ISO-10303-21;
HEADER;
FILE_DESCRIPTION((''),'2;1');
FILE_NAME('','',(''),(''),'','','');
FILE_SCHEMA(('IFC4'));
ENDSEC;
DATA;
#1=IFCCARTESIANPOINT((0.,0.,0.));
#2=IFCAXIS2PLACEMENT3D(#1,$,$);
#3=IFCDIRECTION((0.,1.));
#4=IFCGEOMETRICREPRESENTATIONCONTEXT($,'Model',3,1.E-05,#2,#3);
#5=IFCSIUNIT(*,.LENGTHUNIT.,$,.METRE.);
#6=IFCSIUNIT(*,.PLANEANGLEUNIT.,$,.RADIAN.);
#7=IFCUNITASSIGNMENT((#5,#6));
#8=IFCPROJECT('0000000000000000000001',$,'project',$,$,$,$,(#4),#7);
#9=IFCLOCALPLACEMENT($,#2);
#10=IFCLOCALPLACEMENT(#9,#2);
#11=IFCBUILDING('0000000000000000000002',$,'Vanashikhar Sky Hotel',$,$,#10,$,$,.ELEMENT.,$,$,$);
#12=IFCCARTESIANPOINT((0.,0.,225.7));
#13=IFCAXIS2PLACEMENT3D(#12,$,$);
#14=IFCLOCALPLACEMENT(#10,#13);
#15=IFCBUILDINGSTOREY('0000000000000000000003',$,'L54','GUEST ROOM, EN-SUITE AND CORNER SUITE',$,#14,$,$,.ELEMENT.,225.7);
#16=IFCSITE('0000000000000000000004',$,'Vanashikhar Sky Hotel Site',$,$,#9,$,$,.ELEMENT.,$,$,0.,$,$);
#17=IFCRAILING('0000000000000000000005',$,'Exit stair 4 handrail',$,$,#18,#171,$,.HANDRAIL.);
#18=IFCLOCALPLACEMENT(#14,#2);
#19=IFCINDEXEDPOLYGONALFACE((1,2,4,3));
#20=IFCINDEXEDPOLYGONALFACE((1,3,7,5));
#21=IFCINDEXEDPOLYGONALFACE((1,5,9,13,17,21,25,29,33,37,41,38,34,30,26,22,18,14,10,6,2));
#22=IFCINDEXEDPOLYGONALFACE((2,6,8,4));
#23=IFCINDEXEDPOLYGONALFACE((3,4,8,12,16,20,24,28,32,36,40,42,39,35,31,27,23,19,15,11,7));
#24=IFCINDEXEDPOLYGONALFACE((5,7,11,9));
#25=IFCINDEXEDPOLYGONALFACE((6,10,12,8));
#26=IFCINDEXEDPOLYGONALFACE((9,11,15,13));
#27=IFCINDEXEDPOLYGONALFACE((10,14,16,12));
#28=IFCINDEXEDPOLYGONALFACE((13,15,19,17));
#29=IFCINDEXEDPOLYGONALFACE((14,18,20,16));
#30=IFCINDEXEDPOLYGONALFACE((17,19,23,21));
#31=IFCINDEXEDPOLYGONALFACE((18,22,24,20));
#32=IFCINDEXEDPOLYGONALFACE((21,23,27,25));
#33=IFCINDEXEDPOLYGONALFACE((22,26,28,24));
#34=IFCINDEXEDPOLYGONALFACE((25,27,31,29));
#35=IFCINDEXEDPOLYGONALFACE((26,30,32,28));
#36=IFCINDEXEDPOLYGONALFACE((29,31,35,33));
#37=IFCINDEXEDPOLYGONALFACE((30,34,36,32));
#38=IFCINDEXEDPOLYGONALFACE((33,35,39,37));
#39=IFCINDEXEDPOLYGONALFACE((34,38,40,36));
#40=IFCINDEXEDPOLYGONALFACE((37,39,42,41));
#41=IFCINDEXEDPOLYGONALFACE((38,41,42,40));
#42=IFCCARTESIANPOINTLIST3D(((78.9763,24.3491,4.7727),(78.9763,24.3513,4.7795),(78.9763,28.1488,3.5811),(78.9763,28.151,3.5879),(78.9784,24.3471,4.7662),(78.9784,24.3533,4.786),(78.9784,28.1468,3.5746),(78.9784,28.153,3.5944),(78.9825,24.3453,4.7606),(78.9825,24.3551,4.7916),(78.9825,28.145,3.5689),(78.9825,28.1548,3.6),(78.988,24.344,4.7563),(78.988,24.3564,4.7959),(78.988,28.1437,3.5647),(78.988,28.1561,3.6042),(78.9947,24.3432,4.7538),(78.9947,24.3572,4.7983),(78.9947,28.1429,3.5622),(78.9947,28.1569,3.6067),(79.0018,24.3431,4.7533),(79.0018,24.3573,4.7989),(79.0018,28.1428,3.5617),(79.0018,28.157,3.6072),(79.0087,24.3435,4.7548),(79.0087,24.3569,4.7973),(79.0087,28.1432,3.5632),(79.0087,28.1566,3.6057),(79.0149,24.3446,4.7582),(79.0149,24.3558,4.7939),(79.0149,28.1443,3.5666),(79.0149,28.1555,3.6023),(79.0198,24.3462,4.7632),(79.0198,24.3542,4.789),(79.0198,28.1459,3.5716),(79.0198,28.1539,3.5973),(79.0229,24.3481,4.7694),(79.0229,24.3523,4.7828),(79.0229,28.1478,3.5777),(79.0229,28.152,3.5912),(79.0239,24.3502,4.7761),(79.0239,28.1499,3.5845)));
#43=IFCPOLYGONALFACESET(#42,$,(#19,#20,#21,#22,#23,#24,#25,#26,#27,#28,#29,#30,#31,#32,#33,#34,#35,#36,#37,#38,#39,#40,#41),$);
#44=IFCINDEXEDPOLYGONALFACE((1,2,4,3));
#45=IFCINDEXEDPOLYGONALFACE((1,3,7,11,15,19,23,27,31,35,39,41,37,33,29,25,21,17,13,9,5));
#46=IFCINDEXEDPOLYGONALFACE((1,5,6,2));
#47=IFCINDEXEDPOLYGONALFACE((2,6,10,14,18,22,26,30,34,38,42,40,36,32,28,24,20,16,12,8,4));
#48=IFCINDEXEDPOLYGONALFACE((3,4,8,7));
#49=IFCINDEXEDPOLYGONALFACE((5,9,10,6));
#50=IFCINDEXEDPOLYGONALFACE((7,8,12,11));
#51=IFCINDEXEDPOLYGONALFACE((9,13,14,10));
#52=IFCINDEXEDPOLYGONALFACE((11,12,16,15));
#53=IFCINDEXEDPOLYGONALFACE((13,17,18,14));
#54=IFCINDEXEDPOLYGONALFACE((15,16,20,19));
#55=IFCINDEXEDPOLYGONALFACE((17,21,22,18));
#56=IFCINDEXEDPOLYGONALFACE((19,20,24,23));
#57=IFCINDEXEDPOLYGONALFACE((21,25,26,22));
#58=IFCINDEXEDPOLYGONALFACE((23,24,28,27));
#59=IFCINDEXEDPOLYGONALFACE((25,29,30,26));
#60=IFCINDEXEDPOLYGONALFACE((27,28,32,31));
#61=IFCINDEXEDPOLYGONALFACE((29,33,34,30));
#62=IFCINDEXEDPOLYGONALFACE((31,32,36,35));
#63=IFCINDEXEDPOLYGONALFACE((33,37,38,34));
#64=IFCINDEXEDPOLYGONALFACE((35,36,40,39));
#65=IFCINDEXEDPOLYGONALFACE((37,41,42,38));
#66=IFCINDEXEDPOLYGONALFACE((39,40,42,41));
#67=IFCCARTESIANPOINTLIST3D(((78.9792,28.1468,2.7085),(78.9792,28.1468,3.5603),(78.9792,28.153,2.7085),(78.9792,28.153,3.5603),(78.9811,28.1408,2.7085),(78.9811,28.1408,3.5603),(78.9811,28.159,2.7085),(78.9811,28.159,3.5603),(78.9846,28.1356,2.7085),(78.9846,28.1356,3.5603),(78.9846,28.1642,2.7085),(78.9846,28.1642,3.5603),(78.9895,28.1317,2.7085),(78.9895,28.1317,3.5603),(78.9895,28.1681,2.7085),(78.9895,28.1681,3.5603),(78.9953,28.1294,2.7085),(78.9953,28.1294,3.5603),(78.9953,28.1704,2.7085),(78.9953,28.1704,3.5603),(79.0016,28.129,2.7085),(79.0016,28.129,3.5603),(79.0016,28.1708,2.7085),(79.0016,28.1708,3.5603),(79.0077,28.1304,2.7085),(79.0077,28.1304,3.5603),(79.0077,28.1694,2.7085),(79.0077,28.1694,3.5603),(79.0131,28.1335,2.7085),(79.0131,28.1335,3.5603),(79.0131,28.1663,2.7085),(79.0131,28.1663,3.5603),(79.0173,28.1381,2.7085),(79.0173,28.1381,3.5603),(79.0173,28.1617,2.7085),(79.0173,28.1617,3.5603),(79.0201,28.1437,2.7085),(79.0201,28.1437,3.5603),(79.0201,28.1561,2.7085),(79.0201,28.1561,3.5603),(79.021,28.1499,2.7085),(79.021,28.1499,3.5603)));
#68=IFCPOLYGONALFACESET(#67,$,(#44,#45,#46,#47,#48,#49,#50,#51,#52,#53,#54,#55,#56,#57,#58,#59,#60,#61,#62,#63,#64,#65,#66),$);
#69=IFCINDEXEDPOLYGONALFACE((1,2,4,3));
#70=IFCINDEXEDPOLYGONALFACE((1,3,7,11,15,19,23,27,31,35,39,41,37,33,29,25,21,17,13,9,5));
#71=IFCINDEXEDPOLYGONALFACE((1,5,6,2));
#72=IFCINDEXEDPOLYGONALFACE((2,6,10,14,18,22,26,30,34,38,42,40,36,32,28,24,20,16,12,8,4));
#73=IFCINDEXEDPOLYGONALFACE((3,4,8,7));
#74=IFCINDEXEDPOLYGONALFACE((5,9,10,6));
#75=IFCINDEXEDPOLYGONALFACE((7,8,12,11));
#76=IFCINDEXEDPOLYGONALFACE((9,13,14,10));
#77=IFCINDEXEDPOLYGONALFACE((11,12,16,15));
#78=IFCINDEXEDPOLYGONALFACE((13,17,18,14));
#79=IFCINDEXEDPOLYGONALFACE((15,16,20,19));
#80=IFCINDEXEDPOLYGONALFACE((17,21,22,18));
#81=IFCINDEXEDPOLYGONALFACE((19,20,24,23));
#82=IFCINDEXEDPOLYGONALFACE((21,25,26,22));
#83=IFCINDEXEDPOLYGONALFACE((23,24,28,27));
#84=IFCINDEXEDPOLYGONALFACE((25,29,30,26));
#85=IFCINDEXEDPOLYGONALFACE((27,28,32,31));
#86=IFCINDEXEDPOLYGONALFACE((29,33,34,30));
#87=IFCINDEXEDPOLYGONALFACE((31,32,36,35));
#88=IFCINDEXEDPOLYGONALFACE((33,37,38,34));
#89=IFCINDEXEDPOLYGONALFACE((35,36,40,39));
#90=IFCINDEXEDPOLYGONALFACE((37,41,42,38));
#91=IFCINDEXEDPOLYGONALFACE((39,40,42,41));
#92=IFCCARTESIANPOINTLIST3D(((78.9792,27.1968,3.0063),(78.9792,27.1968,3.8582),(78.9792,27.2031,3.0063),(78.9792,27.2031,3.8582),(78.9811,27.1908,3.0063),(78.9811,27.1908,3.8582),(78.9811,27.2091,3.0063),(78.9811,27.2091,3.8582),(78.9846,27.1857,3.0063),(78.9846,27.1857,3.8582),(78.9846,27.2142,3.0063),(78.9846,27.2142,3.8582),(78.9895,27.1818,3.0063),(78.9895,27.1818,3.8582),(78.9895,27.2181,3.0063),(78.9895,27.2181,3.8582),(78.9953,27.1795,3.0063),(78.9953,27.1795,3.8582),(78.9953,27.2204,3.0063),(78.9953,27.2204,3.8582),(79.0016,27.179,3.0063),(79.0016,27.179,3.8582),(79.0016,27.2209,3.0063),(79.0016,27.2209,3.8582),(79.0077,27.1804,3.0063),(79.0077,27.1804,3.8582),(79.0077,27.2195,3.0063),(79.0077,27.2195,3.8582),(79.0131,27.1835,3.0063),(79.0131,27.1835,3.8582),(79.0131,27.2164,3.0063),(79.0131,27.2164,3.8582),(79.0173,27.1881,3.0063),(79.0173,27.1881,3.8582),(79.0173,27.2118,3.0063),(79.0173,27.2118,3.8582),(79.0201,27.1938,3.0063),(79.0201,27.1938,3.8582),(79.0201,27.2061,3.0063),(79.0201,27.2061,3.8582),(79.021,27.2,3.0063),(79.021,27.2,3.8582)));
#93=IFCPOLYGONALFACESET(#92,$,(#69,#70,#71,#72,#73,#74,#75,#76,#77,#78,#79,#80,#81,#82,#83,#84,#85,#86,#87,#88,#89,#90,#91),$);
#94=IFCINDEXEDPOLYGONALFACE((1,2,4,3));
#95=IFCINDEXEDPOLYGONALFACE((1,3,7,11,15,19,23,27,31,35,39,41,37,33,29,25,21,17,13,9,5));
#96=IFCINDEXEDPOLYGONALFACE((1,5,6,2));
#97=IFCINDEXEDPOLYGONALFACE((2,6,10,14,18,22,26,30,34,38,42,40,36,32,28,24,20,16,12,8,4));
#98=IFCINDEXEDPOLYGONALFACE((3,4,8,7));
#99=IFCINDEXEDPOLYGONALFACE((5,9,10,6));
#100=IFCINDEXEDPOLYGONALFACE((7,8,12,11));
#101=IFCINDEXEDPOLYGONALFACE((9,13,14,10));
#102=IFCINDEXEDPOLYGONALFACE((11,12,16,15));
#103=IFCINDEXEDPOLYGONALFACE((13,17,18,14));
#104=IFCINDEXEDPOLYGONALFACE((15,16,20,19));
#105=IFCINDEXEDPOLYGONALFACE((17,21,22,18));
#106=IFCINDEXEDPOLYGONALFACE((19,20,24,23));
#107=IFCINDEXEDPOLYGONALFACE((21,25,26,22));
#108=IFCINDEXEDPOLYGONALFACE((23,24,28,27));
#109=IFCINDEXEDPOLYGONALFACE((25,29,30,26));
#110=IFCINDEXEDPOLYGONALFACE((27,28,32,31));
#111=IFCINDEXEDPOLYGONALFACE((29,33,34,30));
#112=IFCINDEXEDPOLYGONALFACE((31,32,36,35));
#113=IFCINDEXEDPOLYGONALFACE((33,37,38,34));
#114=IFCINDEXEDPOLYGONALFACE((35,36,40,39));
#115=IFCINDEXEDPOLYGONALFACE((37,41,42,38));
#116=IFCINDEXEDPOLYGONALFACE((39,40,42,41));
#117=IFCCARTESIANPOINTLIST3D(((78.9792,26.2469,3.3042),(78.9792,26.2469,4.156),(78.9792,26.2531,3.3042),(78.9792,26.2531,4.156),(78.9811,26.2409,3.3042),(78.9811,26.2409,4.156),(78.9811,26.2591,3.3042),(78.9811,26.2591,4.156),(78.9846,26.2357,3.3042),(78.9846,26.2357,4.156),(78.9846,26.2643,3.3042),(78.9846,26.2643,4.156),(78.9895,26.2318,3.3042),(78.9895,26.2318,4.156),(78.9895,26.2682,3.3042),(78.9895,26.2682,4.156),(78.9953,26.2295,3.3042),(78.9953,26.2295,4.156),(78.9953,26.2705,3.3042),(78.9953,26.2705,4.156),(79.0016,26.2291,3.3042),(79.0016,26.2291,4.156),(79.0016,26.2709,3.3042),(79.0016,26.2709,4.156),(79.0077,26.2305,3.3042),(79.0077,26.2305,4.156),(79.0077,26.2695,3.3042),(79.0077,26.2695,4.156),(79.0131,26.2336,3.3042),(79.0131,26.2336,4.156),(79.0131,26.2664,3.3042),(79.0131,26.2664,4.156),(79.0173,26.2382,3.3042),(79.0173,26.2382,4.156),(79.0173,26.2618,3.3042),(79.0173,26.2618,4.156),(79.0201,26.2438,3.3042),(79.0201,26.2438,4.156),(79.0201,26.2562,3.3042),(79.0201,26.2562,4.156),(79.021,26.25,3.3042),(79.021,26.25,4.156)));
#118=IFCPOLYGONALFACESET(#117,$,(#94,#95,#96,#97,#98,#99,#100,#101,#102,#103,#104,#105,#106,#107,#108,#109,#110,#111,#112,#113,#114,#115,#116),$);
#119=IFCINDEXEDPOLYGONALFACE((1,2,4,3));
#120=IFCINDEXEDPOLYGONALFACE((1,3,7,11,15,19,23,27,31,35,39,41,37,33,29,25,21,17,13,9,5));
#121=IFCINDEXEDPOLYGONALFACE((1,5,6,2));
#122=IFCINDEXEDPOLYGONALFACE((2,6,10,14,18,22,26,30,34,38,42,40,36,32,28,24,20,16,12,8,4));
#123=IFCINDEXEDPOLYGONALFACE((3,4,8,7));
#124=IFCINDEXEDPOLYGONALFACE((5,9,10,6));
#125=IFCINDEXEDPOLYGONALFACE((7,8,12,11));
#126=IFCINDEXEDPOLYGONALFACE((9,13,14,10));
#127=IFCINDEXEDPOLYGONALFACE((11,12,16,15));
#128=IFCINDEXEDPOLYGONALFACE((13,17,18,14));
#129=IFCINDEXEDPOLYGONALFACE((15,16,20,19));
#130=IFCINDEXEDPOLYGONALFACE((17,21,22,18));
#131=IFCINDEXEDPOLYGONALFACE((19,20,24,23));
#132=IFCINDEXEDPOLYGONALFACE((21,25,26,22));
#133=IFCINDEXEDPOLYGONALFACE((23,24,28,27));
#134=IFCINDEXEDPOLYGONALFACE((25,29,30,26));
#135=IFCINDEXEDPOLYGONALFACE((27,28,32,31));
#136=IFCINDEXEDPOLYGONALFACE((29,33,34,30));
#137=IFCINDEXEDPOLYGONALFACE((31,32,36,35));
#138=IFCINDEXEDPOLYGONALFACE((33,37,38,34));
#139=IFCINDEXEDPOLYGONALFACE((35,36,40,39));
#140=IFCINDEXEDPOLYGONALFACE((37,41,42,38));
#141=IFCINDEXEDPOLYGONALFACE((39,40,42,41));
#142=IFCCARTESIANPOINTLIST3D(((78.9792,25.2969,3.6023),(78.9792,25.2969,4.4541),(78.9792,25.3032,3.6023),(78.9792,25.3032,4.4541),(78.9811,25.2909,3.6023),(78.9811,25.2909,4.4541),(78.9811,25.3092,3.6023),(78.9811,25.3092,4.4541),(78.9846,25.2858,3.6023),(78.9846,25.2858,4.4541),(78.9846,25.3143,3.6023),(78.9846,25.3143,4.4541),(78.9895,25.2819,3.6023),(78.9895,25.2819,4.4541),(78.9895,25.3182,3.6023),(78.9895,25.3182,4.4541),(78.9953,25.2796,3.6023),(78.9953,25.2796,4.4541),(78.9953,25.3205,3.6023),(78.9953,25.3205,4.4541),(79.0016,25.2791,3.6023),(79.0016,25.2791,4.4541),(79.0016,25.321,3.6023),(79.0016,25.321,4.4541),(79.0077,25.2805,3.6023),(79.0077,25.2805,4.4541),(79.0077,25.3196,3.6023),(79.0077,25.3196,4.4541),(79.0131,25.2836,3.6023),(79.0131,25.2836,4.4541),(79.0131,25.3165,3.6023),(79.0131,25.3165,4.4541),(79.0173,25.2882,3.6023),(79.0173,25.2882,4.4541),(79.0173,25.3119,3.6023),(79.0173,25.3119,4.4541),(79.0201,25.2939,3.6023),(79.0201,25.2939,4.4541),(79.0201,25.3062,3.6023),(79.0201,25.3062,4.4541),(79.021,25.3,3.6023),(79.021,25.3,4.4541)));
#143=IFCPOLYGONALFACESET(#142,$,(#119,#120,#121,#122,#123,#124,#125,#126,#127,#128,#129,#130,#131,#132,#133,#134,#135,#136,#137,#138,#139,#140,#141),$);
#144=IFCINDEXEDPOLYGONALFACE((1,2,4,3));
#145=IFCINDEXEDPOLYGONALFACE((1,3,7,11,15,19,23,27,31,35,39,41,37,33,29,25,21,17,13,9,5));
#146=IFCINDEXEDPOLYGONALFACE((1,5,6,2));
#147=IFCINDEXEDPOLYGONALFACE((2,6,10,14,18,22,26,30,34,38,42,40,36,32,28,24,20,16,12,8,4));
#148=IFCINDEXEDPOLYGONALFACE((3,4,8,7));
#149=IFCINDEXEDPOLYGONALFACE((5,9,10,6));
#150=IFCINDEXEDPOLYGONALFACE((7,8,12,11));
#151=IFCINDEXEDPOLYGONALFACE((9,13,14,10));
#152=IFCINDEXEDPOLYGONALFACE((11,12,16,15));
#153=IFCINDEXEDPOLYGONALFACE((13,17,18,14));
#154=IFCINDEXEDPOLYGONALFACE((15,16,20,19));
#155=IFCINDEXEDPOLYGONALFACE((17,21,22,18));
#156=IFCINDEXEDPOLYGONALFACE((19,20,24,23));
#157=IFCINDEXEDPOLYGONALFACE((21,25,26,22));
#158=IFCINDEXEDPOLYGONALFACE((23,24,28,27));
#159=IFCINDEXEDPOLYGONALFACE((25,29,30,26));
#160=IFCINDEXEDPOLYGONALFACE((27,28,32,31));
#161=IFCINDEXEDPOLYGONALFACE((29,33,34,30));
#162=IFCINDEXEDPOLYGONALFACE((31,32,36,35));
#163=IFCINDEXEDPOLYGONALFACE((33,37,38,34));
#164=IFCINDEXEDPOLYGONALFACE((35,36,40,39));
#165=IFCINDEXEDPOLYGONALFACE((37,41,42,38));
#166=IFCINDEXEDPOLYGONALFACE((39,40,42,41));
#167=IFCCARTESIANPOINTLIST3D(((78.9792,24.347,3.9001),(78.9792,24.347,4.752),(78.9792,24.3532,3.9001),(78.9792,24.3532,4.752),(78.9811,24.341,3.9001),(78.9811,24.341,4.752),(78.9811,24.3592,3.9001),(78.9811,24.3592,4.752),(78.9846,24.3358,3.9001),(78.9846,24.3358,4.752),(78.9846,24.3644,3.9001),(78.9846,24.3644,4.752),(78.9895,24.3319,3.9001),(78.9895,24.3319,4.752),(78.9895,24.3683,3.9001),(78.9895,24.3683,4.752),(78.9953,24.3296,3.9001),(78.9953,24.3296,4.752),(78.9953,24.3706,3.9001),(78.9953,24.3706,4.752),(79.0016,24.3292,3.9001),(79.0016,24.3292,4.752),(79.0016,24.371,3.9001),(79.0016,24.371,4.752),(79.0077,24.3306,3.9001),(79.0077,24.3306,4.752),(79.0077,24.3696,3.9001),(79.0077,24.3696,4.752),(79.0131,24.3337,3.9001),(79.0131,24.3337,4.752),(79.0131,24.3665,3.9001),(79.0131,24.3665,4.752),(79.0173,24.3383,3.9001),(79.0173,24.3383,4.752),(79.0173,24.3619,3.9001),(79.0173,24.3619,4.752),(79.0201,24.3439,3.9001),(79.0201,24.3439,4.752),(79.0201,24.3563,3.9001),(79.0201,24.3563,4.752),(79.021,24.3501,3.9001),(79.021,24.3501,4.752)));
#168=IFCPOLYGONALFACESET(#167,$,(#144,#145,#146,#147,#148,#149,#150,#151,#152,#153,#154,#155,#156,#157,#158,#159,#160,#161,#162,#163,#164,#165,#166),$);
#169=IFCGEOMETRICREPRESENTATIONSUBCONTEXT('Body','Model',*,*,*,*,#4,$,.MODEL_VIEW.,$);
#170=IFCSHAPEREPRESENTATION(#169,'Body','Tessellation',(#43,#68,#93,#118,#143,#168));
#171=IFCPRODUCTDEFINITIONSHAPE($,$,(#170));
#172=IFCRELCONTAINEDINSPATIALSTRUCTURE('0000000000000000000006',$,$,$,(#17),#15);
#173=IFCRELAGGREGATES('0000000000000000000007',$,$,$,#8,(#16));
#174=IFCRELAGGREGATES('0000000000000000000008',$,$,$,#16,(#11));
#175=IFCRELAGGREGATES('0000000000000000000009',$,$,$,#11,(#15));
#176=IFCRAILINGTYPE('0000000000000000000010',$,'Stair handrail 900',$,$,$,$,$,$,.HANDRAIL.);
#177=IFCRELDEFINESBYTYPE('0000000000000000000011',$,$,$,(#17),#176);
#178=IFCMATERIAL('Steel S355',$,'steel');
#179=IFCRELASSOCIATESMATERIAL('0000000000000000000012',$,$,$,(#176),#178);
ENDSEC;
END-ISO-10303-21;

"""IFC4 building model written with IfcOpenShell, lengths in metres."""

from ifc_helpers import new_model, si_unit, direction, frame, origin, origin_2d, place, context, subcontext, project, spatial, circle, extrude, source, transform, mapped, material, type_object, element, save


model = new_model("IFC4")

# Units and contexts
model_context = context("Model", 3, precision=1e-05, world=origin(), true_north=direction((0.0, 1.0)))
body_context = subcontext(model_context, "Body", "Model", "MODEL_VIEW")
ifc_project = project(units=[si_unit("LENGTHUNIT", "METRE"), si_unit("PLANEANGLEUNIT", "RADIAN")], contexts=[model_context])

# Site, building, storey
site_placement = place(None, origin())
site = spatial("IfcSite", under=ifc_project, at=site_placement, Name="Vanashikhar Sky Hotel Site", CompositionType="ELEMENT", RefElevation=0.0)
building_placement = place(site_placement, origin())
building = spatial("IfcBuilding", under=site, at=building_placement, Name="Vanashikhar Sky Hotel", CompositionType="ELEMENT")
storey_placement = place(building_placement, frame((0.0, 0.0, 225.7)))
storey = spatial("IfcBuildingStorey", under=building, at=storey_placement, Name="L54", Description="GUEST ROOM, EN-SUITE AND CORNER SUITE", CompositionType="ELEMENT", Elevation=225.7)

# Railing
ifc_material_1 = material(Name="Steel S355", Category="steel")
railing_type = type_object("IfcRailingType", Name="Stair handrail 900", PredefinedType="HANDRAIL", material=ifc_material_1)
shared_shape_1 = source(origin(), body_context, "Body", "SweptSolid", [
    extrude(circle(Radius=0.0239, at=origin_2d()), frame((0.0, 0.0, 0.876), z_axis=(0.0, -0.954178, 0.299238), x_axis=(1.0, 0.0, 0.0)), (0.0, 0.0, 1.0), 3.9822),
    extrude(circle(Radius=0.021, at=origin_2d()), origin(), (0.0, 0.0, 1.0), 0.8518),
    extrude(circle(Radius=0.021, at=origin_2d()), frame((0.0, -0.95, 0.2979)), (0.0, 0.0, 1.0), 0.8518),
    extrude(circle(Radius=0.021, at=origin_2d()), frame((0.0, -1.8999, 0.5957)), (0.0, 0.0, 1.0), 0.8518),
    extrude(circle(Radius=0.021, at=origin_2d()), frame((0.0, -2.8499, 0.8938)), (0.0, 0.0, 1.0), 0.8518),
    extrude(circle(Radius=0.021, at=origin_2d()), frame((0.0, -3.7998, 1.1917)), (0.0, 0.0, 1.0), 0.8518),
])
for number, where, name in (
    (1, (79.0, 28.1499, 2.7085), "Exit stair 4 handrail"),
):
    element("IfcRailing", number, at=place(storey_placement, frame(where)), inside=storey, type_object=railing_type, Name=name, PredefinedType="HANDRAIL", context=body_context, shape_type="MappedRepresentation", body=[
        mapped(shared_shape_1, transform((0.0, 0.0, 0.0), scale=1.0)),
    ])

save(model, "model.ifc")
